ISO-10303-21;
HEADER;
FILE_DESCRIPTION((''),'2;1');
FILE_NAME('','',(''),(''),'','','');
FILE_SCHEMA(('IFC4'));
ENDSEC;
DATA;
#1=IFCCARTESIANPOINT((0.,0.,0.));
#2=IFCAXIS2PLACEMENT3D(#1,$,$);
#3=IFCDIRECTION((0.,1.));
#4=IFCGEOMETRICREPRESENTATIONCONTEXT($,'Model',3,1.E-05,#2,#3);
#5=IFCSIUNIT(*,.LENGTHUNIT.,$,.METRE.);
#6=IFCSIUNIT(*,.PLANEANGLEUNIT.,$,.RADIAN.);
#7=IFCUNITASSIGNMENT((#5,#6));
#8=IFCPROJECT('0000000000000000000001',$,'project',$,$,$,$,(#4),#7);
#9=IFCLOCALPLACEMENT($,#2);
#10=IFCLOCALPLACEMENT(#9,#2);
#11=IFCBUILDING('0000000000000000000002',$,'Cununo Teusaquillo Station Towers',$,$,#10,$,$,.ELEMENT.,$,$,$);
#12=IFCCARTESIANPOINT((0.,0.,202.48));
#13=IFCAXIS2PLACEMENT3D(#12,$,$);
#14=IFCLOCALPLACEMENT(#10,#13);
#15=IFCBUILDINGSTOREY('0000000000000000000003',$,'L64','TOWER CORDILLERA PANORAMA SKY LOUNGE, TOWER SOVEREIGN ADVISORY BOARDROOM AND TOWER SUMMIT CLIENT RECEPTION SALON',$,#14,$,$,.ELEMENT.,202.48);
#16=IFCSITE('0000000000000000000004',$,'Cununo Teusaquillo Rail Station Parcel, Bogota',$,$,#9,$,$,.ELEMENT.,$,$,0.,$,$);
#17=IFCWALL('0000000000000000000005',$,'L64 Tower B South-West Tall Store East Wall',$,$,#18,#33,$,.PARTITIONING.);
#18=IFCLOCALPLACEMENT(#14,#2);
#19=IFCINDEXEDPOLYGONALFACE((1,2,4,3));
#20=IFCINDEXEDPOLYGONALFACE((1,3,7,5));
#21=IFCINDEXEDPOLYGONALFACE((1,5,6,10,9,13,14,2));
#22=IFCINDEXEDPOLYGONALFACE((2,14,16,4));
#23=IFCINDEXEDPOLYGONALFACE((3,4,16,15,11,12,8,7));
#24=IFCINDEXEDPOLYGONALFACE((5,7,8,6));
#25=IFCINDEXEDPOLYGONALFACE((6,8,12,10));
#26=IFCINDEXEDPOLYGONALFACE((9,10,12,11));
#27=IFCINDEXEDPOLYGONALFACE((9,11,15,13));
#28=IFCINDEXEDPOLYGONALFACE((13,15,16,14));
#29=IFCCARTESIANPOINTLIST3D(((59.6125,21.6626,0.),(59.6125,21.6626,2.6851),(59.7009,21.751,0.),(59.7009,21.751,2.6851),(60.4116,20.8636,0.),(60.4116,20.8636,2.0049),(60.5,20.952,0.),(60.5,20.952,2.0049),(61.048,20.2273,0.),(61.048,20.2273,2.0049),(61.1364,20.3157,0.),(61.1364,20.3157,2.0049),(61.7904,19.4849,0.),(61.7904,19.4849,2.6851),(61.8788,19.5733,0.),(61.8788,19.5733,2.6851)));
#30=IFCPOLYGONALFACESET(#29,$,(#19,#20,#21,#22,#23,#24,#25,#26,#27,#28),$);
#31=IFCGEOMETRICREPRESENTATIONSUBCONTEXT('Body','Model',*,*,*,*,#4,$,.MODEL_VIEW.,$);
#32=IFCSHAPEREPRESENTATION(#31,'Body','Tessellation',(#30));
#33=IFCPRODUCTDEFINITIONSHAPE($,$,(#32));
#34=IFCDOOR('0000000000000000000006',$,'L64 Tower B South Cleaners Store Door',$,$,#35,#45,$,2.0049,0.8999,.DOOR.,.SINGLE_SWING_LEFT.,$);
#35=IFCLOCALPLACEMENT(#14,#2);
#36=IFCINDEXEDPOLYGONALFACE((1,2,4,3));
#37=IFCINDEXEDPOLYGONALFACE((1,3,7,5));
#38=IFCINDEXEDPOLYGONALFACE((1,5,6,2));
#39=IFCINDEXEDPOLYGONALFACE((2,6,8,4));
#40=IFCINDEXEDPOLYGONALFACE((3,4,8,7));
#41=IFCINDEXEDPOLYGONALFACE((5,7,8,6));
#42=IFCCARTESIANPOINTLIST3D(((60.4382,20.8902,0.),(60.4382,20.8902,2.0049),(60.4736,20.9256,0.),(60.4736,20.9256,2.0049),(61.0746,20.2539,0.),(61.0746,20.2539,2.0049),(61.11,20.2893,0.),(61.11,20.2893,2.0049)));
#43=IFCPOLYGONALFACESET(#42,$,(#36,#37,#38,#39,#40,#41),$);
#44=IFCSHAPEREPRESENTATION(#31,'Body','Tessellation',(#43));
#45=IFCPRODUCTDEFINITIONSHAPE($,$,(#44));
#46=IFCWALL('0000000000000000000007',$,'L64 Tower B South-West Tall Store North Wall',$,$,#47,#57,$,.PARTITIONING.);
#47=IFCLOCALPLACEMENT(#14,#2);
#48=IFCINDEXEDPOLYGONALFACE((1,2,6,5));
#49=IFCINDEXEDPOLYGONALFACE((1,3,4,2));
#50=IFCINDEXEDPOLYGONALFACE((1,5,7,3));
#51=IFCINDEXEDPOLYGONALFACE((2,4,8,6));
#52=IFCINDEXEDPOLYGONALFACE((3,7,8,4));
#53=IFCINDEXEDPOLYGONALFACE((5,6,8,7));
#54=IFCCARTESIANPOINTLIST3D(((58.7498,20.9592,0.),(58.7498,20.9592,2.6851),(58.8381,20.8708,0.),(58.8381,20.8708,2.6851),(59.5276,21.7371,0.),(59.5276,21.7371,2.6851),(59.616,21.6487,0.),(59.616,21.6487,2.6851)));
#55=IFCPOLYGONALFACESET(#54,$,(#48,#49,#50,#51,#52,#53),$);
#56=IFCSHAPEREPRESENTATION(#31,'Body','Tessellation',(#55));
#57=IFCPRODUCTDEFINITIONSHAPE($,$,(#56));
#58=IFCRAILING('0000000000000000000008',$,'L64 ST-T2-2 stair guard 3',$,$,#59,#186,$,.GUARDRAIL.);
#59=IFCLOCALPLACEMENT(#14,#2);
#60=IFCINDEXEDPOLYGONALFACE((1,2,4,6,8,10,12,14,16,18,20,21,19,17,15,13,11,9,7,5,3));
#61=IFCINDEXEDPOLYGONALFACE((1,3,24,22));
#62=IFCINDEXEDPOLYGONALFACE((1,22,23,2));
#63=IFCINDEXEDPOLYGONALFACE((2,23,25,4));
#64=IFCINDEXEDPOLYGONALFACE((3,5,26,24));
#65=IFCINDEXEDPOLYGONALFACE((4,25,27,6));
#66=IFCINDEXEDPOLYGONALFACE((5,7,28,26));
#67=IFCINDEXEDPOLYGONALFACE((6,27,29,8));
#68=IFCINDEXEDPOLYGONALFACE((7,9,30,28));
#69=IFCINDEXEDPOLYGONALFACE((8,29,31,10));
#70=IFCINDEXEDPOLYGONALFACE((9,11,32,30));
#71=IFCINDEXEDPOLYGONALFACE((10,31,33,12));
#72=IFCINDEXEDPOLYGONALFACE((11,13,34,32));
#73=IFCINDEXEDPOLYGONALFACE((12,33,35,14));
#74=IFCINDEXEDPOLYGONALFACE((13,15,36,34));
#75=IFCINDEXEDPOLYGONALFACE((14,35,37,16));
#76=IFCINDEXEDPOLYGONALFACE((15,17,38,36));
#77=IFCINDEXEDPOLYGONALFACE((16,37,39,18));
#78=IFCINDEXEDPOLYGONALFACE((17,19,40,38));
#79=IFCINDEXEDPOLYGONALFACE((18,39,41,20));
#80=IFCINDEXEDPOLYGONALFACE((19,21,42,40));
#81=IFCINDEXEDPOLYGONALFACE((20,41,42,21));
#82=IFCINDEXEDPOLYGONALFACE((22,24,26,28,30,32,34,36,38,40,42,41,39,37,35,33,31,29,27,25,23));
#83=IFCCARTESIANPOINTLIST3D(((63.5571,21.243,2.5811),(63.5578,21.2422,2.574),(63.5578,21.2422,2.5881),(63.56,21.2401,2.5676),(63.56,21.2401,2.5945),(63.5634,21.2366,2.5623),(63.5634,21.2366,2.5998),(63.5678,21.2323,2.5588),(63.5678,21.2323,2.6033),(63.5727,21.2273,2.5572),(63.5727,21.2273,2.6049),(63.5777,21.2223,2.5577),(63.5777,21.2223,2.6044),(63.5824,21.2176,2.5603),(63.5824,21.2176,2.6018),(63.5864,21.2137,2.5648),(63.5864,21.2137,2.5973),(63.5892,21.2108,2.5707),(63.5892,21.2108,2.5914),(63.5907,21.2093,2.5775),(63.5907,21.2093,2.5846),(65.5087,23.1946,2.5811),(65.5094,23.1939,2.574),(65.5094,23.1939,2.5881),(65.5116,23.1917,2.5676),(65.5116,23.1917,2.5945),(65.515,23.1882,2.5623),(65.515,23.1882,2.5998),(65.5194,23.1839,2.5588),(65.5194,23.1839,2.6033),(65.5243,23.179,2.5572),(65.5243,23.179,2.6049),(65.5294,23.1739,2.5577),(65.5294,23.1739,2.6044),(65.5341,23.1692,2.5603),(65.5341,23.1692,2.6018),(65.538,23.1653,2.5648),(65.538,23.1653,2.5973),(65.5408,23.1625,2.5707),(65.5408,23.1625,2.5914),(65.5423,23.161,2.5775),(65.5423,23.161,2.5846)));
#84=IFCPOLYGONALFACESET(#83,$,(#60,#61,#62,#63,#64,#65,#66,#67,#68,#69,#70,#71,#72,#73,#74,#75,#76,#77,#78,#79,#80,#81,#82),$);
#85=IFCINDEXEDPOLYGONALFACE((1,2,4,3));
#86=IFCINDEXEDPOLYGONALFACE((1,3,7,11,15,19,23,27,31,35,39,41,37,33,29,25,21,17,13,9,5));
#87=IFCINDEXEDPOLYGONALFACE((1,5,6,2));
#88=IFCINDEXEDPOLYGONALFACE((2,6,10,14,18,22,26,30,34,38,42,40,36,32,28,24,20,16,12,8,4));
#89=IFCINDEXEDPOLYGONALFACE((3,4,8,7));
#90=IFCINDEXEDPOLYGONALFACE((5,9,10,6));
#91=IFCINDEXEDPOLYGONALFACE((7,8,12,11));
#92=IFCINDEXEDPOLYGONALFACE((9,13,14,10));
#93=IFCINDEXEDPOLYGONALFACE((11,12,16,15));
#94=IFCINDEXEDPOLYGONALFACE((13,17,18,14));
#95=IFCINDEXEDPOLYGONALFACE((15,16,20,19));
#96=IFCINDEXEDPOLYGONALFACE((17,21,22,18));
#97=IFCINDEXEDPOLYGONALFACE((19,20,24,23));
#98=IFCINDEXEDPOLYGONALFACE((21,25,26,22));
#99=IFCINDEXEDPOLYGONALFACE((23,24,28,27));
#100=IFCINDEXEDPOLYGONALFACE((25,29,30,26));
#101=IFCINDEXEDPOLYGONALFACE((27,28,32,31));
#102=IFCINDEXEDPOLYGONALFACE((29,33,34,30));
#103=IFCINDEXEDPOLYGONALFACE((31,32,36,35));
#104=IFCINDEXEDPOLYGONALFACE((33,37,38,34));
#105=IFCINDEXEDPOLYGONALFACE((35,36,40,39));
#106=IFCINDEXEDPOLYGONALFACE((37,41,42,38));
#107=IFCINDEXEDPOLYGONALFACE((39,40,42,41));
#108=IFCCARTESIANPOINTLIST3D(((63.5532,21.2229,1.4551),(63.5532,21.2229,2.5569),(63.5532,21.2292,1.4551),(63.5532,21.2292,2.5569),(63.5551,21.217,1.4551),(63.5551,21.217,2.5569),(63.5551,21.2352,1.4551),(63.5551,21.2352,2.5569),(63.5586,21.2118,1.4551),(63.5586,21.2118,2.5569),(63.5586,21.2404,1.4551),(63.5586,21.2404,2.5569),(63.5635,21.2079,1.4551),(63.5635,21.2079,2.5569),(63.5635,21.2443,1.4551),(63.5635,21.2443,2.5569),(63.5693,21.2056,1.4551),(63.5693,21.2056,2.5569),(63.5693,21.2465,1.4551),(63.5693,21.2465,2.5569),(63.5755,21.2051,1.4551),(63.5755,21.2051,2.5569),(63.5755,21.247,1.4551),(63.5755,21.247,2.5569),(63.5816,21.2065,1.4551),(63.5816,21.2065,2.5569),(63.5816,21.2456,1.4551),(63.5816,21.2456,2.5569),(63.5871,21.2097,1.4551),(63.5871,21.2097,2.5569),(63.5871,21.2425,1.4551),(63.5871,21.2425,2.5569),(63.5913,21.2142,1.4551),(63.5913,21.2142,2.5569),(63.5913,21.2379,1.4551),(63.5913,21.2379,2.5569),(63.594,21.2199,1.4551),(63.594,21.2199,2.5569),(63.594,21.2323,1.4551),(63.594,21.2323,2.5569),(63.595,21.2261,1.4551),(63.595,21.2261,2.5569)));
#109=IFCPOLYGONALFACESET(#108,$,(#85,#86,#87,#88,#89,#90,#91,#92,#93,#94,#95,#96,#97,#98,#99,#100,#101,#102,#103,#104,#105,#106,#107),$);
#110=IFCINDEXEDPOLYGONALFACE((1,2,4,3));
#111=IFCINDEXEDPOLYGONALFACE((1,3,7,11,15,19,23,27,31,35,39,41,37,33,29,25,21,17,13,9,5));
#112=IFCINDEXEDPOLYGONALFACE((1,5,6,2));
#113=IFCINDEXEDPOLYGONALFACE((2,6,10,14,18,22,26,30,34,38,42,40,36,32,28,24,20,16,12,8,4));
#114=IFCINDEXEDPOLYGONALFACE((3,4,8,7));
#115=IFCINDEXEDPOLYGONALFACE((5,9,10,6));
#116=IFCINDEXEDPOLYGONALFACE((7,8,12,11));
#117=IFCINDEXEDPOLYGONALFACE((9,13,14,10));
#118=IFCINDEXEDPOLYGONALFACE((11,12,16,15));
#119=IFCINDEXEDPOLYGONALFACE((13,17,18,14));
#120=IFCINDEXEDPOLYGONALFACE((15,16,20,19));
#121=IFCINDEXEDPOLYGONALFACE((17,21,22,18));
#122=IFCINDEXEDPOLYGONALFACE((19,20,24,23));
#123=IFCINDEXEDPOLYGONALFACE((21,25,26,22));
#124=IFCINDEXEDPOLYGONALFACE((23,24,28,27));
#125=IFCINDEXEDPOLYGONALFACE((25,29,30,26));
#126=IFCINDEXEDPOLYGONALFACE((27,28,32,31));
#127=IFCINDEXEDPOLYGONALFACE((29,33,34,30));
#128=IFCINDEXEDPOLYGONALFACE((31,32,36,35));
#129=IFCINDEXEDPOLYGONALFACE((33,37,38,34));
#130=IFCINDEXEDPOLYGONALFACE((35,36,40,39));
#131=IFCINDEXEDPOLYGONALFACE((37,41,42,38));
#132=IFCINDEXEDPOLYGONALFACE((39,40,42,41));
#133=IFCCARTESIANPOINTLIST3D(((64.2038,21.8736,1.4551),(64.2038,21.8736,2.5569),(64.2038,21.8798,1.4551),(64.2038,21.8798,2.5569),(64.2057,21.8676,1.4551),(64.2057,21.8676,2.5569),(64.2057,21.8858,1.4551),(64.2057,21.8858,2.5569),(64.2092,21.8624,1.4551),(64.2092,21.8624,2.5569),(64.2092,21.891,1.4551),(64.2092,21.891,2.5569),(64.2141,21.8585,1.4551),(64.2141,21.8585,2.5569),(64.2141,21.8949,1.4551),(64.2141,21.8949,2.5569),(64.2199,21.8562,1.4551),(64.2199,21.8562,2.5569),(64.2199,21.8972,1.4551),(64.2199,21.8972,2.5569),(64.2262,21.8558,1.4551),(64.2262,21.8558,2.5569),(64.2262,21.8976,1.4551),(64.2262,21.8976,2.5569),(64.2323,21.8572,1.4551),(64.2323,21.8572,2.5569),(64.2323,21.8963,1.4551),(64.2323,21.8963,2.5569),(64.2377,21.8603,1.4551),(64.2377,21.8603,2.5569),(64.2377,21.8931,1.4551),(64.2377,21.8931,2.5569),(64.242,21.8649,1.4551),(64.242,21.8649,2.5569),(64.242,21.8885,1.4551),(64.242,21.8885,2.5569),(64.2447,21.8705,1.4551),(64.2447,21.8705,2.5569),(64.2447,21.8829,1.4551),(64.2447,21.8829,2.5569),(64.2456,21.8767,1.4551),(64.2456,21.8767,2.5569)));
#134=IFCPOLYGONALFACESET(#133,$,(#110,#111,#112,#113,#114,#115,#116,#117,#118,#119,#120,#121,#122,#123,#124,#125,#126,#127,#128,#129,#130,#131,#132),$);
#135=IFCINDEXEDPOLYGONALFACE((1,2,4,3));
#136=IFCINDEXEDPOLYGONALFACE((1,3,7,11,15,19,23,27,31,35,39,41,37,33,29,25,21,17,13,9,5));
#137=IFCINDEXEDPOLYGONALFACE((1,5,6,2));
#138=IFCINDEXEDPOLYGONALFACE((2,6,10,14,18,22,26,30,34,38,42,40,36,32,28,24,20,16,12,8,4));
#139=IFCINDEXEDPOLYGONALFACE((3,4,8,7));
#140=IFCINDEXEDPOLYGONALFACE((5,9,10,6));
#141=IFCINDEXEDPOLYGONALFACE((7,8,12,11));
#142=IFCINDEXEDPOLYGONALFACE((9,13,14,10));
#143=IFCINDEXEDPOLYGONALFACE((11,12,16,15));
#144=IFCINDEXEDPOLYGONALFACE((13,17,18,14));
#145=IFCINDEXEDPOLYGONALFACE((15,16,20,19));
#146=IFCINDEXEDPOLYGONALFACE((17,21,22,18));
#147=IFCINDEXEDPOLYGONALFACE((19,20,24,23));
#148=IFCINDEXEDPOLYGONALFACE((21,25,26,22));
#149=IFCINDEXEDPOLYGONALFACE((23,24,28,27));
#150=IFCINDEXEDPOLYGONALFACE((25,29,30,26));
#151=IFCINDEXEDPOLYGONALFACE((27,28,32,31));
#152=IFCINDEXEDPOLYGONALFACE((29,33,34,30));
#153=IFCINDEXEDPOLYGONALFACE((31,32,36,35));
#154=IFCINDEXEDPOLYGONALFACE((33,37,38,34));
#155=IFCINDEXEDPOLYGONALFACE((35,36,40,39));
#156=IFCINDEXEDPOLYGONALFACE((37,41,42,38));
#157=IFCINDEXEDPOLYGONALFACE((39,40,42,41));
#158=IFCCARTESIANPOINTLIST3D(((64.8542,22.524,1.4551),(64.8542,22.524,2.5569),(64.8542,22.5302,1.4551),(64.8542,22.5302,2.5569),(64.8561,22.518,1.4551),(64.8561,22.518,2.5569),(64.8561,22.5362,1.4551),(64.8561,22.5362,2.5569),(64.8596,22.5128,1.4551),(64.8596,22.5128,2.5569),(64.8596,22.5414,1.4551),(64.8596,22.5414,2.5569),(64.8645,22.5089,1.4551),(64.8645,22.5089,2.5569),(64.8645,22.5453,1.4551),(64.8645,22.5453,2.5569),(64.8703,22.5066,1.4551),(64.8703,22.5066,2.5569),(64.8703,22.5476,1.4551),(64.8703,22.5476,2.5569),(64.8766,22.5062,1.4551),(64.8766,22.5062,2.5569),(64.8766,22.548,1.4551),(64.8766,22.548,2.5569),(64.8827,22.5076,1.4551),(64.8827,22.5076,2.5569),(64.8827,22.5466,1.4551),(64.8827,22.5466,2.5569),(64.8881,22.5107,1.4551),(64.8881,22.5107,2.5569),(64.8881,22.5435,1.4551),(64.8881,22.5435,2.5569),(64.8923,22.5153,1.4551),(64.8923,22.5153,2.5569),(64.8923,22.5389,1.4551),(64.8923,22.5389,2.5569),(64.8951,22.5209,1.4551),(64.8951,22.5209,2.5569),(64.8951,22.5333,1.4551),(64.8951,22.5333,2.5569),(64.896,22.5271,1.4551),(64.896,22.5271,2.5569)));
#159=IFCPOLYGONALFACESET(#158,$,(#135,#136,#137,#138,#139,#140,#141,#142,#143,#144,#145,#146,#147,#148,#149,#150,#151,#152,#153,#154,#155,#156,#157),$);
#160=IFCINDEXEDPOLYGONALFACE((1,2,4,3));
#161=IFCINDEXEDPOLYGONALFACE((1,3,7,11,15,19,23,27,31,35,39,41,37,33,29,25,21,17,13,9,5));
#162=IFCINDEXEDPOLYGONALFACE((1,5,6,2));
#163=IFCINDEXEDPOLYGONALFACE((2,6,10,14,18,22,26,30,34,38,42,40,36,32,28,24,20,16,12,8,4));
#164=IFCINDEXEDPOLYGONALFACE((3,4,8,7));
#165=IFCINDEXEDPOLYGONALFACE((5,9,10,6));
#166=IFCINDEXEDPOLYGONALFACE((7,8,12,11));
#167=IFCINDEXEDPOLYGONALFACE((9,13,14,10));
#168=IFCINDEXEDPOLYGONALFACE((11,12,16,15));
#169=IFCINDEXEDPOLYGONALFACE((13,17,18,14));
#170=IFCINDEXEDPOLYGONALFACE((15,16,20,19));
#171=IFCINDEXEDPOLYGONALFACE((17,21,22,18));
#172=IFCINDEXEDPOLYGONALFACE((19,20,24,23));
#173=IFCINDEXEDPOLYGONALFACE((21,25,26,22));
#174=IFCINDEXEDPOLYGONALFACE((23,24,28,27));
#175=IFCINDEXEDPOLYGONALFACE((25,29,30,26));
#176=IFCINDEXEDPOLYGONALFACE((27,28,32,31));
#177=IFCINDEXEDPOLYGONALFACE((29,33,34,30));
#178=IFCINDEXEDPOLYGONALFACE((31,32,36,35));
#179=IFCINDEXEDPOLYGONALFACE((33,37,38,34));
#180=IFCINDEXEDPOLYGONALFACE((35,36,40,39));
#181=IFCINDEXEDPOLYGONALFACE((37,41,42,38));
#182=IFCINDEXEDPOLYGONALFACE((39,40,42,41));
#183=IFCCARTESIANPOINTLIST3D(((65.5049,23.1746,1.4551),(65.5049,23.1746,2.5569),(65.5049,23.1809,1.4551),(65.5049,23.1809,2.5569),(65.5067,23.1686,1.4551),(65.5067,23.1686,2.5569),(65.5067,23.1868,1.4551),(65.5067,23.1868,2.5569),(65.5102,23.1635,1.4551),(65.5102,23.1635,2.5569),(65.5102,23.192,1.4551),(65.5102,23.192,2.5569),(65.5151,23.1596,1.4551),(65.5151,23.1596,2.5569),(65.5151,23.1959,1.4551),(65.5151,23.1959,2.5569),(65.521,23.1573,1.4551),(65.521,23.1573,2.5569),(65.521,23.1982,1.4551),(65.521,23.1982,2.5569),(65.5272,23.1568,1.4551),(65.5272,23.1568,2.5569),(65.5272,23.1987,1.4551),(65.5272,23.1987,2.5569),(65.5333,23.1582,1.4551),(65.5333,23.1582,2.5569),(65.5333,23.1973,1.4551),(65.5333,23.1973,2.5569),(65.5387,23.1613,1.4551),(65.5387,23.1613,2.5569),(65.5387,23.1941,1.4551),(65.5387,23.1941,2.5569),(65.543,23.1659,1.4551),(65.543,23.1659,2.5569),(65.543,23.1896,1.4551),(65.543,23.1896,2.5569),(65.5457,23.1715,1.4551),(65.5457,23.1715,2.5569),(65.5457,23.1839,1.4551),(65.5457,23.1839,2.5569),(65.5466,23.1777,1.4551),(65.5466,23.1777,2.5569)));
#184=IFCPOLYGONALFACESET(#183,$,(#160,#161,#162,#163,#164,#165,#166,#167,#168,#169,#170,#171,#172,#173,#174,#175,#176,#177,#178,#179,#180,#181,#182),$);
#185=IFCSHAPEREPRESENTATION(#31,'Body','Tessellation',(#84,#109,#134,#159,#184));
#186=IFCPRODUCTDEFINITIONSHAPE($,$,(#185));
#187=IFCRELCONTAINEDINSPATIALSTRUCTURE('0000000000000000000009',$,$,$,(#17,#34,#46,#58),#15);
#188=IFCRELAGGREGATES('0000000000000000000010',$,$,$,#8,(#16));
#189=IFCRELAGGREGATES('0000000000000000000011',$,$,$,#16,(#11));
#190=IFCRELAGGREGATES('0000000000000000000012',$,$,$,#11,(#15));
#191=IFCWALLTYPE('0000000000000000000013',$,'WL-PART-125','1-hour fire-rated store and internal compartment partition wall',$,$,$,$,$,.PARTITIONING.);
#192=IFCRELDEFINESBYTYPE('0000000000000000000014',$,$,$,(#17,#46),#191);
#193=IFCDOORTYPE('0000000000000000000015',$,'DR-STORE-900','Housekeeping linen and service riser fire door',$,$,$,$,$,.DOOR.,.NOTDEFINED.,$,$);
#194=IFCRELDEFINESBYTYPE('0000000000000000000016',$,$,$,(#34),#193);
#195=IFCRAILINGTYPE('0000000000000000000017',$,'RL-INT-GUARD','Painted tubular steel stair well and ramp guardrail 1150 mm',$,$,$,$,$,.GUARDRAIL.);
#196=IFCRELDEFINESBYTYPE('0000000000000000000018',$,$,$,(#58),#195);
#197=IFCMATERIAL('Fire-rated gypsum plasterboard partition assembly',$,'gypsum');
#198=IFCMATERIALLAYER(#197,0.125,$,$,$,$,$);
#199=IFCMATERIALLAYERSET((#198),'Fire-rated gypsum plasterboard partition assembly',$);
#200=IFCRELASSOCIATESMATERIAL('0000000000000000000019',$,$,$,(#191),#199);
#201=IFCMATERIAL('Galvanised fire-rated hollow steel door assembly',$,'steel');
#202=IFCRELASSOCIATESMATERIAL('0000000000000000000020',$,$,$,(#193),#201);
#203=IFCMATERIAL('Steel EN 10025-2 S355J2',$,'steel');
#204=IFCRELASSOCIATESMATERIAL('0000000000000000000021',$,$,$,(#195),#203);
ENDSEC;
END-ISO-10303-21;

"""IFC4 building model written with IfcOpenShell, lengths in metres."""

from ifc_helpers import new_model, si_unit, direction, frame, frame_2d, origin, origin_2d, place, context, subcontext, project, spatial, rectangle, circle, extrude, source, transform, mapped, material, layer, layer_set, type_object, element, fill, save


model = new_model("IFC4")

# Units and contexts
model_context = context("Model", 3, precision=1e-05, world=origin(), true_north=direction((0.0, 1.0)))
body_context = subcontext(model_context, "Body", "Model", "MODEL_VIEW")
ifc_project = project(units=[si_unit("LENGTHUNIT", "METRE"), si_unit("PLANEANGLEUNIT", "RADIAN")], contexts=[model_context])

# Site, building, storey
site_placement = place(None, origin())
site = spatial("IfcSite", under=ifc_project, at=site_placement, Name="Cununo Teusaquillo Rail Station Parcel, Bogota", CompositionType="ELEMENT", RefElevation=0.0)
building_placement = place(site_placement, origin())
building = spatial("IfcBuilding", under=site, at=building_placement, Name="Cununo Teusaquillo Station Towers", CompositionType="ELEMENT")
storey_placement = place(building_placement, frame((0.0, 0.0, 202.48)))
storey = spatial("IfcBuildingStorey", under=building, at=storey_placement, Name="L64", Description="TOWER CORDILLERA PANORAMA SKY LOUNGE, TOWER SOVEREIGN ADVISORY BOARDROOM AND TOWER SUMMIT CLIENT RECEPTION SALON", CompositionType="ELEMENT", Elevation=202.48)

# Wall, opening, door
ifc_material_1 = material(Name="Fire-rated gypsum plasterboard partition assembly", Category="gypsum")
ifc_layer_1 = layer(ifc_material_1, 0.125)
ifc_layer_set_1 = layer_set([ifc_layer_1], Name="Fire-rated gypsum plasterboard partition assembly")
wall_type_1 = type_object("IfcWallType", Name="WL-PART-125", Description="1-hour fire-rated store and internal compartment partition wall", PredefinedType="PARTITIONING", material=ifc_layer_set_1)
wall_1_placement = place(storey_placement, frame((61.8347, 19.5291, 0.0), z_axis=(0.0, 0.0, 1.0), x_axis=(-0.707146, 0.707067, 0.0)))
wall_1 = element("IfcWall", 1, at=wall_1_placement, inside=storey, type_object=wall_type_1, Name="L64 Tower B South-West Tall Store East Wall", PredefinedType="PARTITIONING", context=body_context, shape_type="SweptSolid", body=[
    extrude(rectangle(XDim=3.0798, YDim=0.125, at=frame_2d((1.54, 0.0))), origin(), (0.0, 0.0, 1.0), 2.6851),
])
shared_shape_1 = source(origin(), body_context, "Body", "SweptSolid", [
    extrude(rectangle(XDim=0.8999, YDim=2.0049, at=frame_2d((0.45, 1.0024))), frame((0.0, 0.0725, 0.0), z_axis=(0.0, -1.0, 0.0), x_axis=(1.0, 0.0, 0.0)), (0.0, 0.0, 1.0), 0.145),
])
opening_1_placement = place(wall_1_placement, frame((1.05, 0.0, 0.0)))
opening_1 = element("IfcOpeningElement", 2, at=opening_1_placement, cuts=wall_1, PredefinedType="OPENING", context=body_context, shape_type="MappedRepresentation", body=[
    mapped(shared_shape_1, transform((0.0, 0.0, 0.0), x_axis=(1.0, 0.0, 0.0), y_axis=(0.0, 1.0, 0.0), z_axis=(0.0, 0.0, 1.0), scale=1.0)),
])
ifc_material_2 = material(Name="Galvanised fire-rated hollow steel door assembly", Category="steel")
door_type_1 = type_object("IfcDoorType", Name="DR-STORE-900", Description="Housekeeping linen and service riser fire door", OperationType="NOTDEFINED", PredefinedType="DOOR", material=ifc_material_2)
shared_shape_2 = source(origin(), body_context, "Body", "SweptSolid", [
    extrude(rectangle(XDim=0.8999, YDim=2.0049, at=frame_2d((0.45, 1.0024))), frame((0.0, 0.0249, 0.0), z_axis=(0.0, -1.0, 0.0), x_axis=(1.0, 0.0, 0.0)), (0.0, 0.0, 1.0), 0.05),
])
door_1_placement = place(opening_1_placement, origin())
door_1 = element("IfcDoor", 3, at=door_1_placement, inside=storey, type_object=door_type_1, Name="L64 Tower B South Cleaners Store Door", OperationType="SINGLE_SWING_LEFT", OverallHeight=2.0049, OverallWidth=0.8999, PredefinedType="DOOR", context=body_context, shape_type="MappedRepresentation", body=[
    mapped(shared_shape_2, transform((0.0, 0.0, 0.0), x_axis=(1.0, 0.0, 0.0), y_axis=(0.0, 1.0, 0.0), z_axis=(0.0, 0.0, 1.0), scale=1.0)),
])
fill(opening_1, door_1)

# Wall
wall_2_placement = place(storey_placement, frame((58.7939, 20.915, 0.0), z_axis=(0.0, 0.0, 1.0), x_axis=(0.707107, 0.707107, 0.0)))
element("IfcWall", 4, at=wall_2_placement, inside=storey, type_object=wall_type_1, Name="L64 Tower B South-West Tall Store North Wall", PredefinedType="PARTITIONING", context=body_context, shape_type="SweptSolid", body=[
    extrude(rectangle(XDim=1.1001, YDim=0.125, at=frame_2d((0.55, 0.0))), origin(), (0.0, 0.0, 1.0), 2.6851),
])

# Railing
ifc_material_3 = material(Name="Steel EN 10025-2 S355J2", Category="steel")
railing_type = type_object("IfcRailingType", Name="RL-INT-GUARD", Description="Painted tubular steel stair well and ramp guardrail 1150 mm", PredefinedType="GUARDRAIL", material=ifc_material_3)
railing_1_placement = place(storey_placement, frame((63.574, 21.2261, 1.4551)))
element("IfcRailing", 5, at=railing_1_placement, inside=storey, type_object=railing_type, Name="L64 ST-T2-2 stair guard 3", PredefinedType="GUARDRAIL", context=body_context, shape_type="SweptSolid", body=[
    extrude(circle(Radius=0.0239, at=origin_2d()), frame((0.0, 0.0, 1.126), z_axis=(0.707107, 0.707107, 0.0), x_axis=(-0.707107, 0.707107, 0.0)), (0.0, 0.0, 1.0), 2.76),
    extrude(circle(Radius=0.021, at=origin_2d()), origin(), (0.0, 0.0, 1.0), 1.1018),
    extrude(circle(Radius=0.021, at=origin_2d()), frame((0.6506, 0.6506, 0.0)), (0.0, 0.0, 1.0), 1.1018),
    extrude(circle(Radius=0.021, at=origin_2d()), frame((1.301, 1.301, 0.0)), (0.0, 0.0, 1.0), 1.1018),
    extrude(circle(Radius=0.021, at=origin_2d()), frame((1.9517, 1.9517, 0.0)), (0.0, 0.0, 1.0), 1.1018),
])

save(model, "model.ifc")
